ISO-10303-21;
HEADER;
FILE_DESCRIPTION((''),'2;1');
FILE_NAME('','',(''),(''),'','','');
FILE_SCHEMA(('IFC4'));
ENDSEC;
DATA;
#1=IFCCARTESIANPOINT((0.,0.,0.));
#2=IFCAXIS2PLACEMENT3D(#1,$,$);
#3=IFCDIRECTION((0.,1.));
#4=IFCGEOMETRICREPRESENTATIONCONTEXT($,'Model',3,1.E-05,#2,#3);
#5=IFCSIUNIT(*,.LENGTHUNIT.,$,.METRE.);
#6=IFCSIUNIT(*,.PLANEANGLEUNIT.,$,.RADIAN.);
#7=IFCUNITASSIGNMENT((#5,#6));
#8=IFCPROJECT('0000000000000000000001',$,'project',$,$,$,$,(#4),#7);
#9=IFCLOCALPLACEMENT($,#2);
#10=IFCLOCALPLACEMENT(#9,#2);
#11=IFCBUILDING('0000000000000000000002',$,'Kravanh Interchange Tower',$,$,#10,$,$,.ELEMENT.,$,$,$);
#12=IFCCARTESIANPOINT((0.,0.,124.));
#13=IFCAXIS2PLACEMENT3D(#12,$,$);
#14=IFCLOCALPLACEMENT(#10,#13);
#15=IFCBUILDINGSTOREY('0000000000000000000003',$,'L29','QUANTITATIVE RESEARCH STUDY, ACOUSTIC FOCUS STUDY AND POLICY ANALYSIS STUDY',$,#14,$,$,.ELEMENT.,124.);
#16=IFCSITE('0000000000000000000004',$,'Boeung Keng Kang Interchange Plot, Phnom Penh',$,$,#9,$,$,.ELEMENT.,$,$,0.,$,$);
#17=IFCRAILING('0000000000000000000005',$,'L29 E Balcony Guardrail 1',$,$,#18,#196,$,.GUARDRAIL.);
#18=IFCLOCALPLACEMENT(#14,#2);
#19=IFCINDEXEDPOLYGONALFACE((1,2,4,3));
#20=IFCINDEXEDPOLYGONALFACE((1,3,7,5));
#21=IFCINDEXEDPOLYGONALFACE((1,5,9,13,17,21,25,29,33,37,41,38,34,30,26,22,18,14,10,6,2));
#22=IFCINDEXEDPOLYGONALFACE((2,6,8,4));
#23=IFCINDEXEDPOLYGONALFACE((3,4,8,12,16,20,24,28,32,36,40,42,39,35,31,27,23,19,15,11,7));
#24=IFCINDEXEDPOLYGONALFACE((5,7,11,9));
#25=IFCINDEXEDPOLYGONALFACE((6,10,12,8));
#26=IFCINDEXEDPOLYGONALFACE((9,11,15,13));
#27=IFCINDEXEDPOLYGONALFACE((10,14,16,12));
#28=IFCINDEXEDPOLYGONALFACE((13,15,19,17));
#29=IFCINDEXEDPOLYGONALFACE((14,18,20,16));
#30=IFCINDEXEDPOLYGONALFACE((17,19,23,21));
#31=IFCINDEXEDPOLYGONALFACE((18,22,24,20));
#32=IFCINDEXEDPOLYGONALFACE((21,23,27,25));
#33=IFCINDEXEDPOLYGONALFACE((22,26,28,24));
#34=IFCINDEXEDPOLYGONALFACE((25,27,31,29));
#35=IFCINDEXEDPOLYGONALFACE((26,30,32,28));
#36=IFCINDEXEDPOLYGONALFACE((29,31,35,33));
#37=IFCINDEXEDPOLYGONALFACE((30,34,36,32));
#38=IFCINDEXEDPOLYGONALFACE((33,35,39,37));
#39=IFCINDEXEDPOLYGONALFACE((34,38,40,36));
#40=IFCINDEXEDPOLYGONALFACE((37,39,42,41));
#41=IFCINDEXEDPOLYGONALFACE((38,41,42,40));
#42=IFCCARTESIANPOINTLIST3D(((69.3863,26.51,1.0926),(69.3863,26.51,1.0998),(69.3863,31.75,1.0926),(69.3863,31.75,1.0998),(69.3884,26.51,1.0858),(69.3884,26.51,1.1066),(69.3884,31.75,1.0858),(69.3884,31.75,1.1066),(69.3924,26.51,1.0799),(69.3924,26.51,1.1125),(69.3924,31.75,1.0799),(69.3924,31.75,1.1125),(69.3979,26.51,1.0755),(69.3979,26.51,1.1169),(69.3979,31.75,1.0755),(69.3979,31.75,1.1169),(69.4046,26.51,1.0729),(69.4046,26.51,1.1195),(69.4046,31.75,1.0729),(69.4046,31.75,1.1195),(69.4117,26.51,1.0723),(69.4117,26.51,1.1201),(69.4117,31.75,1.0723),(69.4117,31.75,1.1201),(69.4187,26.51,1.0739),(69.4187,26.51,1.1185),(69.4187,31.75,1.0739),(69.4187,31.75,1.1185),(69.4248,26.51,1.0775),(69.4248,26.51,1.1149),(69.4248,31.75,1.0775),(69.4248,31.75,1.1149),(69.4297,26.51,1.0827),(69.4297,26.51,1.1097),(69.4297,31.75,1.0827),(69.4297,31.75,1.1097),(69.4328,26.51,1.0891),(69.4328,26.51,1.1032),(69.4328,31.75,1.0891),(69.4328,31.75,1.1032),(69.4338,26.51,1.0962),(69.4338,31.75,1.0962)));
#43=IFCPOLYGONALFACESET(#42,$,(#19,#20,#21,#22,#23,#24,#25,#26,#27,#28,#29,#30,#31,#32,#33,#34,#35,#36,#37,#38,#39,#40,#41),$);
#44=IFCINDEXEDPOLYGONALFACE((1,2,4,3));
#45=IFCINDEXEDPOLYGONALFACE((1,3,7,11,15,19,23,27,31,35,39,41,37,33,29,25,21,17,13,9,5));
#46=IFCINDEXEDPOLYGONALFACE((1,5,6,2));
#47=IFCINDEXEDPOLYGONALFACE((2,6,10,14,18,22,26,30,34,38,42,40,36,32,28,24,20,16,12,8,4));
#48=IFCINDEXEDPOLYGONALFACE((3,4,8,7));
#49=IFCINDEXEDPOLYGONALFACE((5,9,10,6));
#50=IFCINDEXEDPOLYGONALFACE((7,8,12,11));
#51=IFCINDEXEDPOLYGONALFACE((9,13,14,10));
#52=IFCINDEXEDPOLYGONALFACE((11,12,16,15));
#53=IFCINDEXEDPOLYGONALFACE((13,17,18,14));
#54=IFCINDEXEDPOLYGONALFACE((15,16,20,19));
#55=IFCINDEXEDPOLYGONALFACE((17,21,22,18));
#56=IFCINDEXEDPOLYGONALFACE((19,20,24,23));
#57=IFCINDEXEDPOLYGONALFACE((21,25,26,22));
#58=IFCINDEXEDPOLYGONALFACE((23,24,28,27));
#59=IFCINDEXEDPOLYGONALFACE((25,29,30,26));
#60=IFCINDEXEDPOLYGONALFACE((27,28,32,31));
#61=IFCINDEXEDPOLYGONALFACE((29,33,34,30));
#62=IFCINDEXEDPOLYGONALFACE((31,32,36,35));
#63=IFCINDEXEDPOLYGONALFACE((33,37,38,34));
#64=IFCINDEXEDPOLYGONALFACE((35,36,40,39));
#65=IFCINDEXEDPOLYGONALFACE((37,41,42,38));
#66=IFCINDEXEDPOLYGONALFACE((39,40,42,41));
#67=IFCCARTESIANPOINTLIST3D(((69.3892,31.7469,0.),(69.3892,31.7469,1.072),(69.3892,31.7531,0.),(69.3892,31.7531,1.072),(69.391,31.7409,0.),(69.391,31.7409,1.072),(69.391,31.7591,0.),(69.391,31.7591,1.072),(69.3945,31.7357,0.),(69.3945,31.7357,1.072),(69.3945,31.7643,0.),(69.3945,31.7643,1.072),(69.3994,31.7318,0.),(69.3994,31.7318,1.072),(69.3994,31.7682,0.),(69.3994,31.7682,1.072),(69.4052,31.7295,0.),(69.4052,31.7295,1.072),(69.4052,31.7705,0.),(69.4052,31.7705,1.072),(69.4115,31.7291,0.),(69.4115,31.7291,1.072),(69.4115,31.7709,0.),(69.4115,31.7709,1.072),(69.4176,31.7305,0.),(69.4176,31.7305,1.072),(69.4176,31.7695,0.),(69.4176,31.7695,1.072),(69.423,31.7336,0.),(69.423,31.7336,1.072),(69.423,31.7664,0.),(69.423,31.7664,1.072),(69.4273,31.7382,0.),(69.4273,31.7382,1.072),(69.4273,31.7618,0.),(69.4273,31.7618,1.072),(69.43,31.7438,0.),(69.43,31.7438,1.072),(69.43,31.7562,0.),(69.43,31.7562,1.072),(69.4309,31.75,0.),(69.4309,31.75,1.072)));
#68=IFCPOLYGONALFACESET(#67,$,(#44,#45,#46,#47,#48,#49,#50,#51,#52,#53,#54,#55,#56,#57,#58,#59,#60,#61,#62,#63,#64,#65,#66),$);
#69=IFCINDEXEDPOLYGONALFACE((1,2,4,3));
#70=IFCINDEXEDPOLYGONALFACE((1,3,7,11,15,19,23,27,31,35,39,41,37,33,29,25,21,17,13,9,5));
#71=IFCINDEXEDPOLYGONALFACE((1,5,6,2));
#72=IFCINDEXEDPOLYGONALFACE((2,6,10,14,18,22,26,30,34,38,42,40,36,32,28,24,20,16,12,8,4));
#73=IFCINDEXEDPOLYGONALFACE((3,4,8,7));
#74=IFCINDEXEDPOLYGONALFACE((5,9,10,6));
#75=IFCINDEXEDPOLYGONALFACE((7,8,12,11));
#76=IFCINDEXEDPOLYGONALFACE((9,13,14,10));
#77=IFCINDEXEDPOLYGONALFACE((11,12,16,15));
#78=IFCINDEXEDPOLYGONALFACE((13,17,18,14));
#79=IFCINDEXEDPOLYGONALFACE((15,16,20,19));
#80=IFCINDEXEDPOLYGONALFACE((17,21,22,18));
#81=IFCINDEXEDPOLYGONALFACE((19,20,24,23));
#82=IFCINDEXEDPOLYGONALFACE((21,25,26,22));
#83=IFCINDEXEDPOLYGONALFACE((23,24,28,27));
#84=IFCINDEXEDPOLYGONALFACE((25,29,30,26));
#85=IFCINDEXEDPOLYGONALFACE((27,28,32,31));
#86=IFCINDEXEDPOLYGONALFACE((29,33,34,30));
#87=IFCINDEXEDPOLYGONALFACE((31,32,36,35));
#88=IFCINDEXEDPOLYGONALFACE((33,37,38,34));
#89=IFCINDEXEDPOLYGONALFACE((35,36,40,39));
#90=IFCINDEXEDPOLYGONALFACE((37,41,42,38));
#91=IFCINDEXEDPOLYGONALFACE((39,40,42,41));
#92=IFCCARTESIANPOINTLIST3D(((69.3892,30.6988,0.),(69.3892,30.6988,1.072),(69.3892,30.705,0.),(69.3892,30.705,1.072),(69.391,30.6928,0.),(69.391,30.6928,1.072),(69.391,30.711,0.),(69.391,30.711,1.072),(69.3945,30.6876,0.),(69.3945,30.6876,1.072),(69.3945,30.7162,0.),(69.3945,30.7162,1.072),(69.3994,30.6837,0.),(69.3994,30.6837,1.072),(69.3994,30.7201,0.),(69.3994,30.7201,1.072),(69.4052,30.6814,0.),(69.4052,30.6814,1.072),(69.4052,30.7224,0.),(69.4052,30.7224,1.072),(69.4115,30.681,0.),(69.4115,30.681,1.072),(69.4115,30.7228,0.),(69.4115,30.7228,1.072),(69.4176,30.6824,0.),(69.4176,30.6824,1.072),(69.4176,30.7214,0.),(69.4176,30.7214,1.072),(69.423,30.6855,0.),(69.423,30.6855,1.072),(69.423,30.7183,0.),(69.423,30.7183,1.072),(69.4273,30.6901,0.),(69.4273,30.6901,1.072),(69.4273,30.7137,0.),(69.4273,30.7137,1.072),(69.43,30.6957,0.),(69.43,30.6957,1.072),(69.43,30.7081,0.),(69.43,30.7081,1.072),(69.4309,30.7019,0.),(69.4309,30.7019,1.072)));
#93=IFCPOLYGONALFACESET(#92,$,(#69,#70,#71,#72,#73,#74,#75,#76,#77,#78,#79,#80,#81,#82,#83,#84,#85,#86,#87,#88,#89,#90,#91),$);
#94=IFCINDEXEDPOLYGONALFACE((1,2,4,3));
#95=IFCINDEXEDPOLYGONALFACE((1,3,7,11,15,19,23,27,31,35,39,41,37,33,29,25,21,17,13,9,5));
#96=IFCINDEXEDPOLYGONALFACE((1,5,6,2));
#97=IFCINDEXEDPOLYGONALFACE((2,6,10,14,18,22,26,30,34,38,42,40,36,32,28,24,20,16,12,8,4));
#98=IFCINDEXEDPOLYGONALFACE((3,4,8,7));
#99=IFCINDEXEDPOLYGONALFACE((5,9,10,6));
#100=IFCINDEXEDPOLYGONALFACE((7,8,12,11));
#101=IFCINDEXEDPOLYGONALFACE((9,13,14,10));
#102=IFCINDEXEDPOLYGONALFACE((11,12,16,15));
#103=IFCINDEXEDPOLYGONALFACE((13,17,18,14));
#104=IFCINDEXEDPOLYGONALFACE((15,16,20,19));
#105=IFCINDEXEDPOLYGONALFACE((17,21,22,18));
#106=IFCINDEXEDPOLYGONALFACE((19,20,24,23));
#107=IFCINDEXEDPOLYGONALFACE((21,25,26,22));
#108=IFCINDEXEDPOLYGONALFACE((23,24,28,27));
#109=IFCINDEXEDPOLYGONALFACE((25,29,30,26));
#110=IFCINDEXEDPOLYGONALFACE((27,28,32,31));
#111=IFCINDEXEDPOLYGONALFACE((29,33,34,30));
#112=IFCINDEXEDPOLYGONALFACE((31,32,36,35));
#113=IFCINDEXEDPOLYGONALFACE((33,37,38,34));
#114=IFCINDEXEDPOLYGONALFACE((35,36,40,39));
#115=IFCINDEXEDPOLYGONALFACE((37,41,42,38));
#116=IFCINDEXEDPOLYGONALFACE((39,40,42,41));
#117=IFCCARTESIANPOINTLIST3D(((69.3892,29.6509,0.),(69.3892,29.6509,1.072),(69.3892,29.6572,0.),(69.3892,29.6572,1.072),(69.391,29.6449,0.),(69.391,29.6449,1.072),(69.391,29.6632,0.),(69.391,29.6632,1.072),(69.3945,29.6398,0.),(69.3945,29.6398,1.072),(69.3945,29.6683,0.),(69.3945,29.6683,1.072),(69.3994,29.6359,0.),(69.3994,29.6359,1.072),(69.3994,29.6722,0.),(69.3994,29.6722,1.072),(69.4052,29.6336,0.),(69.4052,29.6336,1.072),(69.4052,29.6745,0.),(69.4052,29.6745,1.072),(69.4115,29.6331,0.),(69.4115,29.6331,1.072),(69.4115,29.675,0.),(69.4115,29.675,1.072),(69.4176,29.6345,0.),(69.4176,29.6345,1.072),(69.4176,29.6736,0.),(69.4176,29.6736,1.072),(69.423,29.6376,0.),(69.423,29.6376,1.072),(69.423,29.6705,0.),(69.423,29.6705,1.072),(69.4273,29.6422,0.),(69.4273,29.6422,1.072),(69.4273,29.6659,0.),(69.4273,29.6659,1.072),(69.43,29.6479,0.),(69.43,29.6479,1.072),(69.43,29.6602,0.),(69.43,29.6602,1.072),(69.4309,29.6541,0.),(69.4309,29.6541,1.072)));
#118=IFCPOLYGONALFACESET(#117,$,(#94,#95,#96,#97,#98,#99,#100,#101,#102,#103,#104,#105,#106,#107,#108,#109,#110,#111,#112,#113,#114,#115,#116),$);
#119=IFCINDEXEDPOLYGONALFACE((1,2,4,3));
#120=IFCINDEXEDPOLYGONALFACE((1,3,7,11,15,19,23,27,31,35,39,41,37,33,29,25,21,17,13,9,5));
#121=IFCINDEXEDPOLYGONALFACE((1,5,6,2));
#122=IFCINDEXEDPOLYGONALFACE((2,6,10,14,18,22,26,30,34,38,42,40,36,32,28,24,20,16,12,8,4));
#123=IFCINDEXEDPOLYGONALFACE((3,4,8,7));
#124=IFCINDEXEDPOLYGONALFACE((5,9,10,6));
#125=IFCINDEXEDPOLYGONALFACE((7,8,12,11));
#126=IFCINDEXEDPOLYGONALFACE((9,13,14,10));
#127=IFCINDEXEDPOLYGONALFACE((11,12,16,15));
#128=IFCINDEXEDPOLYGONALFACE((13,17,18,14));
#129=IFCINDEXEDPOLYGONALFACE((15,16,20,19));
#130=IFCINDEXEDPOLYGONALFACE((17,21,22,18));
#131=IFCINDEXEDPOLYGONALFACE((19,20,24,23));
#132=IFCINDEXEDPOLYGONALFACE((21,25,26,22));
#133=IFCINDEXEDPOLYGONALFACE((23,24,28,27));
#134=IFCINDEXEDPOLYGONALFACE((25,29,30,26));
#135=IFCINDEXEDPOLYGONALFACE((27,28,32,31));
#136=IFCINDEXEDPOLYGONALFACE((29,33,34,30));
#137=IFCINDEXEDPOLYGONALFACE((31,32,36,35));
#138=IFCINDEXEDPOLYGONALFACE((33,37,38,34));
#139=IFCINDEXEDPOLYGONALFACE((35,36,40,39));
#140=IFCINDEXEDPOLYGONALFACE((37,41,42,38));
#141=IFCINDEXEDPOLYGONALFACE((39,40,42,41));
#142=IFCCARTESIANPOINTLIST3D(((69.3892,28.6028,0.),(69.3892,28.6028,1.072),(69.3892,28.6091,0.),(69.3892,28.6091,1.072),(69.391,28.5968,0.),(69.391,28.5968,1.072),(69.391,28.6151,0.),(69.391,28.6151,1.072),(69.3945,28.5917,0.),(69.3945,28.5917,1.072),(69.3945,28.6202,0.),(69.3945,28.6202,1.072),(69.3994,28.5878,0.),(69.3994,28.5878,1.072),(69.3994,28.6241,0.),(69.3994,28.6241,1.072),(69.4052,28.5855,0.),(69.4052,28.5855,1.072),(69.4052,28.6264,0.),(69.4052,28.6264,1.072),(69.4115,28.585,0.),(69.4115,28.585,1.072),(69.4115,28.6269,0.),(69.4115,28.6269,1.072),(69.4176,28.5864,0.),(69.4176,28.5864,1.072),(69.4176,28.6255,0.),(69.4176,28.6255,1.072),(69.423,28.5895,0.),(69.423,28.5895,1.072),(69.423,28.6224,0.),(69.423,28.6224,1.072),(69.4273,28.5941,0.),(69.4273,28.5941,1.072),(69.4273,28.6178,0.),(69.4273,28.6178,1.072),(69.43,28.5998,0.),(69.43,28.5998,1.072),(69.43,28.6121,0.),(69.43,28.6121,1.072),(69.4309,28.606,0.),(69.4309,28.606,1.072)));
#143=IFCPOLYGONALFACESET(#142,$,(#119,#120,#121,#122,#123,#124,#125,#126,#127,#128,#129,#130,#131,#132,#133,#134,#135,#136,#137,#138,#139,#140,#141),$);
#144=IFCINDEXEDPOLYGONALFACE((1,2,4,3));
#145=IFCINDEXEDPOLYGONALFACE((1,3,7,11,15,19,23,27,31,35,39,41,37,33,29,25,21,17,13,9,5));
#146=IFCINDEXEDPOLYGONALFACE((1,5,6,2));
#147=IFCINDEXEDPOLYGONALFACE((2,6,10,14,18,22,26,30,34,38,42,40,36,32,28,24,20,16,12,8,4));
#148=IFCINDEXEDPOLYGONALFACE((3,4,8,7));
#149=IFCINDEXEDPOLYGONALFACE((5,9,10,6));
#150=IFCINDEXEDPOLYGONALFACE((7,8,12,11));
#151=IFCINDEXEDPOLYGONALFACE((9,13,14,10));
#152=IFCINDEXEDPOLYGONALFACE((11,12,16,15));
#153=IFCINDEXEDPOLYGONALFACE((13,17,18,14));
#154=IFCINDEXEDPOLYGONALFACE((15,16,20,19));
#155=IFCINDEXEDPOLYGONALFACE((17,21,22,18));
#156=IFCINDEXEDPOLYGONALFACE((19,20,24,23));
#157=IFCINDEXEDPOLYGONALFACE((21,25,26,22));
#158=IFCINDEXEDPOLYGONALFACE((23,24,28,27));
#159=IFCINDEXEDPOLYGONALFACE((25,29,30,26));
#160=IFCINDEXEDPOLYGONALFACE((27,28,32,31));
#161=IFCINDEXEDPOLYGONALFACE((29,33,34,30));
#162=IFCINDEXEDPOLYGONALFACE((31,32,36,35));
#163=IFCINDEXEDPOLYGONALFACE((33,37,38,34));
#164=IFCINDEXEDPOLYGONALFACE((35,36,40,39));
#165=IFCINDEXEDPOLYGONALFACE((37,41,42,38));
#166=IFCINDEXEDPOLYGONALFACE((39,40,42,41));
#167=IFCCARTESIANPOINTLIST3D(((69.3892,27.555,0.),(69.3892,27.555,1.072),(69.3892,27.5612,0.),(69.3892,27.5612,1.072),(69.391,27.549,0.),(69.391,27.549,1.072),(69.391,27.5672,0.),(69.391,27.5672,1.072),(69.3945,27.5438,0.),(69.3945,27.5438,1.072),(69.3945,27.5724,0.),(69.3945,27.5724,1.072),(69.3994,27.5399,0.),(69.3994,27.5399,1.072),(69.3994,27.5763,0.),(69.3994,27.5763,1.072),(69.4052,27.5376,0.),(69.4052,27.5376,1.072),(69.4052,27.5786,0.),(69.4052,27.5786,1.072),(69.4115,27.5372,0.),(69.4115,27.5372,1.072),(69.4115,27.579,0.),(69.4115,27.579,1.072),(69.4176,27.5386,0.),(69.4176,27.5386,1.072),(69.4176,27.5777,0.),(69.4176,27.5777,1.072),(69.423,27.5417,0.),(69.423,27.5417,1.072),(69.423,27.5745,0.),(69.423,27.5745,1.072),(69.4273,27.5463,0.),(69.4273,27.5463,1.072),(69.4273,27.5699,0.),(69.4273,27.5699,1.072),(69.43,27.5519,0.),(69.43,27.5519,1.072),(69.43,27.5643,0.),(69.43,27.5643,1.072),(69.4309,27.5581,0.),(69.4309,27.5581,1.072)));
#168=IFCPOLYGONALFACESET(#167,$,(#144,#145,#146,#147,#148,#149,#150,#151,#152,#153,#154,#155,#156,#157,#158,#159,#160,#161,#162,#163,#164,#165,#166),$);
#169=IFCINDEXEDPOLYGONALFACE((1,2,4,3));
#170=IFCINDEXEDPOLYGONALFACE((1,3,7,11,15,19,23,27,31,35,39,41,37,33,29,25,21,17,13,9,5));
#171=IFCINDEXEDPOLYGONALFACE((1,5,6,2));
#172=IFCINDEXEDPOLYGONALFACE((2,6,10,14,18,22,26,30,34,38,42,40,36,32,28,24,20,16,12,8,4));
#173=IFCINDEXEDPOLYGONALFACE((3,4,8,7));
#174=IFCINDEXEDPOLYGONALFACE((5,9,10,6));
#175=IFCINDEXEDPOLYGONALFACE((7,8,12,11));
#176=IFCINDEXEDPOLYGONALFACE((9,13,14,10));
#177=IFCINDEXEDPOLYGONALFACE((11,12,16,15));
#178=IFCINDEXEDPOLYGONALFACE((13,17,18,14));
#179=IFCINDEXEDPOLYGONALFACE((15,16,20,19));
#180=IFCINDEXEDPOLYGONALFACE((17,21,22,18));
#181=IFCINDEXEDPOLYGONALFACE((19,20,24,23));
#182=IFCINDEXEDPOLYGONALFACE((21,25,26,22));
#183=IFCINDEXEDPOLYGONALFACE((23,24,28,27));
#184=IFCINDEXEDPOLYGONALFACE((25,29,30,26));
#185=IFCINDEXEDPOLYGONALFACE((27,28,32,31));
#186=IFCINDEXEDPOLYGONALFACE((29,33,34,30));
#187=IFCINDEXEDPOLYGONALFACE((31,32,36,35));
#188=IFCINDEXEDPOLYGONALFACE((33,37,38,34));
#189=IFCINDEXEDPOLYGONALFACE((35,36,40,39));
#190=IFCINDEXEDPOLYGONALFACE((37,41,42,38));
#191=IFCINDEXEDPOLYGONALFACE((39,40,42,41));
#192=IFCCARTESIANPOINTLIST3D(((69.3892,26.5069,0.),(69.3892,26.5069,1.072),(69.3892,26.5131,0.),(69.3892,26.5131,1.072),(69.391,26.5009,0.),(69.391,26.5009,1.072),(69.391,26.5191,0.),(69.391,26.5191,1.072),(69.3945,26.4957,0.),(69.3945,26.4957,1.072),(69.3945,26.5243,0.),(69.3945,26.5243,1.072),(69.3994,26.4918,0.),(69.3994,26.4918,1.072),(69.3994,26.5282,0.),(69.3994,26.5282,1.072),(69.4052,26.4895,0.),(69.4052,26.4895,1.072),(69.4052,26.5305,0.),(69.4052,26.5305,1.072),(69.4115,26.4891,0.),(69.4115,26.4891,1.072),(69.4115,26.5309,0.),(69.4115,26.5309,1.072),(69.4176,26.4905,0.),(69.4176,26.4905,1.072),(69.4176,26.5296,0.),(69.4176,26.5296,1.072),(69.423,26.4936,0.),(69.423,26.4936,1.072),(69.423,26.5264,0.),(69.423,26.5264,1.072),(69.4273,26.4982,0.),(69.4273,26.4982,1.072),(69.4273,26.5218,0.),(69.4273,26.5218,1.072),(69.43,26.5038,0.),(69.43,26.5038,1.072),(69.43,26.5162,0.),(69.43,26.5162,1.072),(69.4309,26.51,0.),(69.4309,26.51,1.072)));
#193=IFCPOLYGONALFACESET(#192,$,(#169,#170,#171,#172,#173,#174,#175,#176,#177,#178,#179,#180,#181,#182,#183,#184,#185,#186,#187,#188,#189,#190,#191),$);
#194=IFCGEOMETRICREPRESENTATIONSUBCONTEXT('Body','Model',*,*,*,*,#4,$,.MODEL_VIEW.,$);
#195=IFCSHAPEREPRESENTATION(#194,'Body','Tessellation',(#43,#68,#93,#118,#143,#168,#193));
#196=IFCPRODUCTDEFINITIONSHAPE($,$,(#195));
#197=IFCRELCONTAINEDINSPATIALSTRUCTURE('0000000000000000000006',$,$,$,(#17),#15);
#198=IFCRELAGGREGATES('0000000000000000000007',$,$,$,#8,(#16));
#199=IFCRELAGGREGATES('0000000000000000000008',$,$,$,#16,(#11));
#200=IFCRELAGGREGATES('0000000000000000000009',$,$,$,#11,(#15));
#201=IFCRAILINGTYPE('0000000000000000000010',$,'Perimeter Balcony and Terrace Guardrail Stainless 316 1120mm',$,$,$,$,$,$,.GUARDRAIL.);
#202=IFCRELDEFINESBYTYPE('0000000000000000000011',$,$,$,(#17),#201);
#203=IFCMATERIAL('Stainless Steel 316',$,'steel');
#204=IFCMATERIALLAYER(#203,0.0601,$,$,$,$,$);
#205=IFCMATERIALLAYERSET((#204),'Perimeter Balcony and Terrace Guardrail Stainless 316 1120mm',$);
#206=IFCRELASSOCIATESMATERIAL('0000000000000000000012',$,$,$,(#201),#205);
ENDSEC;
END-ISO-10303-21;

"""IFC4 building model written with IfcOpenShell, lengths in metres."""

from ifc_helpers import new_model, si_unit, direction, frame, origin, origin_2d, place, context, subcontext, project, spatial, circle, extrude, material, layer, layer_set, type_object, element, save


model = new_model("IFC4")

# Units and contexts
model_context = context("Model", 3, precision=1e-05, world=origin(), true_north=direction((0.0, 1.0)))
body_context = subcontext(model_context, "Body", "Model", "MODEL_VIEW")
ifc_project = project(units=[si_unit("LENGTHUNIT", "METRE"), si_unit("PLANEANGLEUNIT", "RADIAN")], contexts=[model_context])

# Site, building, storey
site_placement = place(None, origin())
site = spatial("IfcSite", under=ifc_project, at=site_placement, Name="Boeung Keng Kang Interchange Plot, Phnom Penh", CompositionType="ELEMENT", RefElevation=0.0)
building_placement = place(site_placement, origin())
building = spatial("IfcBuilding", under=site, at=building_placement, Name="Kravanh Interchange Tower", CompositionType="ELEMENT")
storey_placement = place(building_placement, frame((0.0, 0.0, 124.0)))
storey = spatial("IfcBuildingStorey", under=building, at=storey_placement, Name="L29", Description="QUANTITATIVE RESEARCH STUDY, ACOUSTIC FOCUS STUDY AND POLICY ANALYSIS STUDY", CompositionType="ELEMENT", Elevation=124.0)

# Railing
ifc_material_1 = material(Name="Stainless Steel 316", Category="steel")
ifc_layer_1 = layer(ifc_material_1, 0.0601)
ifc_layer_set_1 = layer_set([ifc_layer_1], Name="Perimeter Balcony and Terrace Guardrail Stainless 316 1120mm")
railing_type_1 = type_object("IfcRailingType", Name="Perimeter Balcony and Terrace Guardrail Stainless 316 1120mm", PredefinedType="GUARDRAIL", material=ifc_layer_set_1)
railing_1_placement = place(storey_placement, frame((69.4099, 31.75, 0.0)))
element("IfcRailing", 1, at=railing_1_placement, inside=storey, type_object=railing_type_1, Name="L29 E Balcony Guardrail 1", PredefinedType="GUARDRAIL", context=body_context, shape_type="SweptSolid", body=[
    extrude(circle(Radius=0.0239, at=origin_2d()), frame((0.0, 0.0, 1.0962), z_axis=(0.0, -1.0, 0.0), x_axis=(1.0, 0.0, 0.0)), (0.0, 0.0, 1.0), 5.24),
    extrude(circle(Radius=0.021, at=origin_2d()), origin(), (0.0, 0.0, 1.0), 1.072),
    extrude(circle(Radius=0.021, at=origin_2d()), frame((0.0, -1.0481, 0.0)), (0.0, 0.0, 1.0), 1.072),
    extrude(circle(Radius=0.021, at=origin_2d()), frame((0.0, -2.0959, 0.0)), (0.0, 0.0, 1.0), 1.072),
    extrude(circle(Radius=0.021, at=origin_2d()), frame((0.0, -3.144, 0.0)), (0.0, 0.0, 1.0), 1.072),
    extrude(circle(Radius=0.021, at=origin_2d()), frame((0.0, -4.1919, 0.0)), (0.0, 0.0, 1.0), 1.072),
    extrude(circle(Radius=0.021, at=origin_2d()), frame((0.0, -5.24, 0.0)), (0.0, 0.0, 1.0), 1.072),
])

save(model, "model.ifc")
